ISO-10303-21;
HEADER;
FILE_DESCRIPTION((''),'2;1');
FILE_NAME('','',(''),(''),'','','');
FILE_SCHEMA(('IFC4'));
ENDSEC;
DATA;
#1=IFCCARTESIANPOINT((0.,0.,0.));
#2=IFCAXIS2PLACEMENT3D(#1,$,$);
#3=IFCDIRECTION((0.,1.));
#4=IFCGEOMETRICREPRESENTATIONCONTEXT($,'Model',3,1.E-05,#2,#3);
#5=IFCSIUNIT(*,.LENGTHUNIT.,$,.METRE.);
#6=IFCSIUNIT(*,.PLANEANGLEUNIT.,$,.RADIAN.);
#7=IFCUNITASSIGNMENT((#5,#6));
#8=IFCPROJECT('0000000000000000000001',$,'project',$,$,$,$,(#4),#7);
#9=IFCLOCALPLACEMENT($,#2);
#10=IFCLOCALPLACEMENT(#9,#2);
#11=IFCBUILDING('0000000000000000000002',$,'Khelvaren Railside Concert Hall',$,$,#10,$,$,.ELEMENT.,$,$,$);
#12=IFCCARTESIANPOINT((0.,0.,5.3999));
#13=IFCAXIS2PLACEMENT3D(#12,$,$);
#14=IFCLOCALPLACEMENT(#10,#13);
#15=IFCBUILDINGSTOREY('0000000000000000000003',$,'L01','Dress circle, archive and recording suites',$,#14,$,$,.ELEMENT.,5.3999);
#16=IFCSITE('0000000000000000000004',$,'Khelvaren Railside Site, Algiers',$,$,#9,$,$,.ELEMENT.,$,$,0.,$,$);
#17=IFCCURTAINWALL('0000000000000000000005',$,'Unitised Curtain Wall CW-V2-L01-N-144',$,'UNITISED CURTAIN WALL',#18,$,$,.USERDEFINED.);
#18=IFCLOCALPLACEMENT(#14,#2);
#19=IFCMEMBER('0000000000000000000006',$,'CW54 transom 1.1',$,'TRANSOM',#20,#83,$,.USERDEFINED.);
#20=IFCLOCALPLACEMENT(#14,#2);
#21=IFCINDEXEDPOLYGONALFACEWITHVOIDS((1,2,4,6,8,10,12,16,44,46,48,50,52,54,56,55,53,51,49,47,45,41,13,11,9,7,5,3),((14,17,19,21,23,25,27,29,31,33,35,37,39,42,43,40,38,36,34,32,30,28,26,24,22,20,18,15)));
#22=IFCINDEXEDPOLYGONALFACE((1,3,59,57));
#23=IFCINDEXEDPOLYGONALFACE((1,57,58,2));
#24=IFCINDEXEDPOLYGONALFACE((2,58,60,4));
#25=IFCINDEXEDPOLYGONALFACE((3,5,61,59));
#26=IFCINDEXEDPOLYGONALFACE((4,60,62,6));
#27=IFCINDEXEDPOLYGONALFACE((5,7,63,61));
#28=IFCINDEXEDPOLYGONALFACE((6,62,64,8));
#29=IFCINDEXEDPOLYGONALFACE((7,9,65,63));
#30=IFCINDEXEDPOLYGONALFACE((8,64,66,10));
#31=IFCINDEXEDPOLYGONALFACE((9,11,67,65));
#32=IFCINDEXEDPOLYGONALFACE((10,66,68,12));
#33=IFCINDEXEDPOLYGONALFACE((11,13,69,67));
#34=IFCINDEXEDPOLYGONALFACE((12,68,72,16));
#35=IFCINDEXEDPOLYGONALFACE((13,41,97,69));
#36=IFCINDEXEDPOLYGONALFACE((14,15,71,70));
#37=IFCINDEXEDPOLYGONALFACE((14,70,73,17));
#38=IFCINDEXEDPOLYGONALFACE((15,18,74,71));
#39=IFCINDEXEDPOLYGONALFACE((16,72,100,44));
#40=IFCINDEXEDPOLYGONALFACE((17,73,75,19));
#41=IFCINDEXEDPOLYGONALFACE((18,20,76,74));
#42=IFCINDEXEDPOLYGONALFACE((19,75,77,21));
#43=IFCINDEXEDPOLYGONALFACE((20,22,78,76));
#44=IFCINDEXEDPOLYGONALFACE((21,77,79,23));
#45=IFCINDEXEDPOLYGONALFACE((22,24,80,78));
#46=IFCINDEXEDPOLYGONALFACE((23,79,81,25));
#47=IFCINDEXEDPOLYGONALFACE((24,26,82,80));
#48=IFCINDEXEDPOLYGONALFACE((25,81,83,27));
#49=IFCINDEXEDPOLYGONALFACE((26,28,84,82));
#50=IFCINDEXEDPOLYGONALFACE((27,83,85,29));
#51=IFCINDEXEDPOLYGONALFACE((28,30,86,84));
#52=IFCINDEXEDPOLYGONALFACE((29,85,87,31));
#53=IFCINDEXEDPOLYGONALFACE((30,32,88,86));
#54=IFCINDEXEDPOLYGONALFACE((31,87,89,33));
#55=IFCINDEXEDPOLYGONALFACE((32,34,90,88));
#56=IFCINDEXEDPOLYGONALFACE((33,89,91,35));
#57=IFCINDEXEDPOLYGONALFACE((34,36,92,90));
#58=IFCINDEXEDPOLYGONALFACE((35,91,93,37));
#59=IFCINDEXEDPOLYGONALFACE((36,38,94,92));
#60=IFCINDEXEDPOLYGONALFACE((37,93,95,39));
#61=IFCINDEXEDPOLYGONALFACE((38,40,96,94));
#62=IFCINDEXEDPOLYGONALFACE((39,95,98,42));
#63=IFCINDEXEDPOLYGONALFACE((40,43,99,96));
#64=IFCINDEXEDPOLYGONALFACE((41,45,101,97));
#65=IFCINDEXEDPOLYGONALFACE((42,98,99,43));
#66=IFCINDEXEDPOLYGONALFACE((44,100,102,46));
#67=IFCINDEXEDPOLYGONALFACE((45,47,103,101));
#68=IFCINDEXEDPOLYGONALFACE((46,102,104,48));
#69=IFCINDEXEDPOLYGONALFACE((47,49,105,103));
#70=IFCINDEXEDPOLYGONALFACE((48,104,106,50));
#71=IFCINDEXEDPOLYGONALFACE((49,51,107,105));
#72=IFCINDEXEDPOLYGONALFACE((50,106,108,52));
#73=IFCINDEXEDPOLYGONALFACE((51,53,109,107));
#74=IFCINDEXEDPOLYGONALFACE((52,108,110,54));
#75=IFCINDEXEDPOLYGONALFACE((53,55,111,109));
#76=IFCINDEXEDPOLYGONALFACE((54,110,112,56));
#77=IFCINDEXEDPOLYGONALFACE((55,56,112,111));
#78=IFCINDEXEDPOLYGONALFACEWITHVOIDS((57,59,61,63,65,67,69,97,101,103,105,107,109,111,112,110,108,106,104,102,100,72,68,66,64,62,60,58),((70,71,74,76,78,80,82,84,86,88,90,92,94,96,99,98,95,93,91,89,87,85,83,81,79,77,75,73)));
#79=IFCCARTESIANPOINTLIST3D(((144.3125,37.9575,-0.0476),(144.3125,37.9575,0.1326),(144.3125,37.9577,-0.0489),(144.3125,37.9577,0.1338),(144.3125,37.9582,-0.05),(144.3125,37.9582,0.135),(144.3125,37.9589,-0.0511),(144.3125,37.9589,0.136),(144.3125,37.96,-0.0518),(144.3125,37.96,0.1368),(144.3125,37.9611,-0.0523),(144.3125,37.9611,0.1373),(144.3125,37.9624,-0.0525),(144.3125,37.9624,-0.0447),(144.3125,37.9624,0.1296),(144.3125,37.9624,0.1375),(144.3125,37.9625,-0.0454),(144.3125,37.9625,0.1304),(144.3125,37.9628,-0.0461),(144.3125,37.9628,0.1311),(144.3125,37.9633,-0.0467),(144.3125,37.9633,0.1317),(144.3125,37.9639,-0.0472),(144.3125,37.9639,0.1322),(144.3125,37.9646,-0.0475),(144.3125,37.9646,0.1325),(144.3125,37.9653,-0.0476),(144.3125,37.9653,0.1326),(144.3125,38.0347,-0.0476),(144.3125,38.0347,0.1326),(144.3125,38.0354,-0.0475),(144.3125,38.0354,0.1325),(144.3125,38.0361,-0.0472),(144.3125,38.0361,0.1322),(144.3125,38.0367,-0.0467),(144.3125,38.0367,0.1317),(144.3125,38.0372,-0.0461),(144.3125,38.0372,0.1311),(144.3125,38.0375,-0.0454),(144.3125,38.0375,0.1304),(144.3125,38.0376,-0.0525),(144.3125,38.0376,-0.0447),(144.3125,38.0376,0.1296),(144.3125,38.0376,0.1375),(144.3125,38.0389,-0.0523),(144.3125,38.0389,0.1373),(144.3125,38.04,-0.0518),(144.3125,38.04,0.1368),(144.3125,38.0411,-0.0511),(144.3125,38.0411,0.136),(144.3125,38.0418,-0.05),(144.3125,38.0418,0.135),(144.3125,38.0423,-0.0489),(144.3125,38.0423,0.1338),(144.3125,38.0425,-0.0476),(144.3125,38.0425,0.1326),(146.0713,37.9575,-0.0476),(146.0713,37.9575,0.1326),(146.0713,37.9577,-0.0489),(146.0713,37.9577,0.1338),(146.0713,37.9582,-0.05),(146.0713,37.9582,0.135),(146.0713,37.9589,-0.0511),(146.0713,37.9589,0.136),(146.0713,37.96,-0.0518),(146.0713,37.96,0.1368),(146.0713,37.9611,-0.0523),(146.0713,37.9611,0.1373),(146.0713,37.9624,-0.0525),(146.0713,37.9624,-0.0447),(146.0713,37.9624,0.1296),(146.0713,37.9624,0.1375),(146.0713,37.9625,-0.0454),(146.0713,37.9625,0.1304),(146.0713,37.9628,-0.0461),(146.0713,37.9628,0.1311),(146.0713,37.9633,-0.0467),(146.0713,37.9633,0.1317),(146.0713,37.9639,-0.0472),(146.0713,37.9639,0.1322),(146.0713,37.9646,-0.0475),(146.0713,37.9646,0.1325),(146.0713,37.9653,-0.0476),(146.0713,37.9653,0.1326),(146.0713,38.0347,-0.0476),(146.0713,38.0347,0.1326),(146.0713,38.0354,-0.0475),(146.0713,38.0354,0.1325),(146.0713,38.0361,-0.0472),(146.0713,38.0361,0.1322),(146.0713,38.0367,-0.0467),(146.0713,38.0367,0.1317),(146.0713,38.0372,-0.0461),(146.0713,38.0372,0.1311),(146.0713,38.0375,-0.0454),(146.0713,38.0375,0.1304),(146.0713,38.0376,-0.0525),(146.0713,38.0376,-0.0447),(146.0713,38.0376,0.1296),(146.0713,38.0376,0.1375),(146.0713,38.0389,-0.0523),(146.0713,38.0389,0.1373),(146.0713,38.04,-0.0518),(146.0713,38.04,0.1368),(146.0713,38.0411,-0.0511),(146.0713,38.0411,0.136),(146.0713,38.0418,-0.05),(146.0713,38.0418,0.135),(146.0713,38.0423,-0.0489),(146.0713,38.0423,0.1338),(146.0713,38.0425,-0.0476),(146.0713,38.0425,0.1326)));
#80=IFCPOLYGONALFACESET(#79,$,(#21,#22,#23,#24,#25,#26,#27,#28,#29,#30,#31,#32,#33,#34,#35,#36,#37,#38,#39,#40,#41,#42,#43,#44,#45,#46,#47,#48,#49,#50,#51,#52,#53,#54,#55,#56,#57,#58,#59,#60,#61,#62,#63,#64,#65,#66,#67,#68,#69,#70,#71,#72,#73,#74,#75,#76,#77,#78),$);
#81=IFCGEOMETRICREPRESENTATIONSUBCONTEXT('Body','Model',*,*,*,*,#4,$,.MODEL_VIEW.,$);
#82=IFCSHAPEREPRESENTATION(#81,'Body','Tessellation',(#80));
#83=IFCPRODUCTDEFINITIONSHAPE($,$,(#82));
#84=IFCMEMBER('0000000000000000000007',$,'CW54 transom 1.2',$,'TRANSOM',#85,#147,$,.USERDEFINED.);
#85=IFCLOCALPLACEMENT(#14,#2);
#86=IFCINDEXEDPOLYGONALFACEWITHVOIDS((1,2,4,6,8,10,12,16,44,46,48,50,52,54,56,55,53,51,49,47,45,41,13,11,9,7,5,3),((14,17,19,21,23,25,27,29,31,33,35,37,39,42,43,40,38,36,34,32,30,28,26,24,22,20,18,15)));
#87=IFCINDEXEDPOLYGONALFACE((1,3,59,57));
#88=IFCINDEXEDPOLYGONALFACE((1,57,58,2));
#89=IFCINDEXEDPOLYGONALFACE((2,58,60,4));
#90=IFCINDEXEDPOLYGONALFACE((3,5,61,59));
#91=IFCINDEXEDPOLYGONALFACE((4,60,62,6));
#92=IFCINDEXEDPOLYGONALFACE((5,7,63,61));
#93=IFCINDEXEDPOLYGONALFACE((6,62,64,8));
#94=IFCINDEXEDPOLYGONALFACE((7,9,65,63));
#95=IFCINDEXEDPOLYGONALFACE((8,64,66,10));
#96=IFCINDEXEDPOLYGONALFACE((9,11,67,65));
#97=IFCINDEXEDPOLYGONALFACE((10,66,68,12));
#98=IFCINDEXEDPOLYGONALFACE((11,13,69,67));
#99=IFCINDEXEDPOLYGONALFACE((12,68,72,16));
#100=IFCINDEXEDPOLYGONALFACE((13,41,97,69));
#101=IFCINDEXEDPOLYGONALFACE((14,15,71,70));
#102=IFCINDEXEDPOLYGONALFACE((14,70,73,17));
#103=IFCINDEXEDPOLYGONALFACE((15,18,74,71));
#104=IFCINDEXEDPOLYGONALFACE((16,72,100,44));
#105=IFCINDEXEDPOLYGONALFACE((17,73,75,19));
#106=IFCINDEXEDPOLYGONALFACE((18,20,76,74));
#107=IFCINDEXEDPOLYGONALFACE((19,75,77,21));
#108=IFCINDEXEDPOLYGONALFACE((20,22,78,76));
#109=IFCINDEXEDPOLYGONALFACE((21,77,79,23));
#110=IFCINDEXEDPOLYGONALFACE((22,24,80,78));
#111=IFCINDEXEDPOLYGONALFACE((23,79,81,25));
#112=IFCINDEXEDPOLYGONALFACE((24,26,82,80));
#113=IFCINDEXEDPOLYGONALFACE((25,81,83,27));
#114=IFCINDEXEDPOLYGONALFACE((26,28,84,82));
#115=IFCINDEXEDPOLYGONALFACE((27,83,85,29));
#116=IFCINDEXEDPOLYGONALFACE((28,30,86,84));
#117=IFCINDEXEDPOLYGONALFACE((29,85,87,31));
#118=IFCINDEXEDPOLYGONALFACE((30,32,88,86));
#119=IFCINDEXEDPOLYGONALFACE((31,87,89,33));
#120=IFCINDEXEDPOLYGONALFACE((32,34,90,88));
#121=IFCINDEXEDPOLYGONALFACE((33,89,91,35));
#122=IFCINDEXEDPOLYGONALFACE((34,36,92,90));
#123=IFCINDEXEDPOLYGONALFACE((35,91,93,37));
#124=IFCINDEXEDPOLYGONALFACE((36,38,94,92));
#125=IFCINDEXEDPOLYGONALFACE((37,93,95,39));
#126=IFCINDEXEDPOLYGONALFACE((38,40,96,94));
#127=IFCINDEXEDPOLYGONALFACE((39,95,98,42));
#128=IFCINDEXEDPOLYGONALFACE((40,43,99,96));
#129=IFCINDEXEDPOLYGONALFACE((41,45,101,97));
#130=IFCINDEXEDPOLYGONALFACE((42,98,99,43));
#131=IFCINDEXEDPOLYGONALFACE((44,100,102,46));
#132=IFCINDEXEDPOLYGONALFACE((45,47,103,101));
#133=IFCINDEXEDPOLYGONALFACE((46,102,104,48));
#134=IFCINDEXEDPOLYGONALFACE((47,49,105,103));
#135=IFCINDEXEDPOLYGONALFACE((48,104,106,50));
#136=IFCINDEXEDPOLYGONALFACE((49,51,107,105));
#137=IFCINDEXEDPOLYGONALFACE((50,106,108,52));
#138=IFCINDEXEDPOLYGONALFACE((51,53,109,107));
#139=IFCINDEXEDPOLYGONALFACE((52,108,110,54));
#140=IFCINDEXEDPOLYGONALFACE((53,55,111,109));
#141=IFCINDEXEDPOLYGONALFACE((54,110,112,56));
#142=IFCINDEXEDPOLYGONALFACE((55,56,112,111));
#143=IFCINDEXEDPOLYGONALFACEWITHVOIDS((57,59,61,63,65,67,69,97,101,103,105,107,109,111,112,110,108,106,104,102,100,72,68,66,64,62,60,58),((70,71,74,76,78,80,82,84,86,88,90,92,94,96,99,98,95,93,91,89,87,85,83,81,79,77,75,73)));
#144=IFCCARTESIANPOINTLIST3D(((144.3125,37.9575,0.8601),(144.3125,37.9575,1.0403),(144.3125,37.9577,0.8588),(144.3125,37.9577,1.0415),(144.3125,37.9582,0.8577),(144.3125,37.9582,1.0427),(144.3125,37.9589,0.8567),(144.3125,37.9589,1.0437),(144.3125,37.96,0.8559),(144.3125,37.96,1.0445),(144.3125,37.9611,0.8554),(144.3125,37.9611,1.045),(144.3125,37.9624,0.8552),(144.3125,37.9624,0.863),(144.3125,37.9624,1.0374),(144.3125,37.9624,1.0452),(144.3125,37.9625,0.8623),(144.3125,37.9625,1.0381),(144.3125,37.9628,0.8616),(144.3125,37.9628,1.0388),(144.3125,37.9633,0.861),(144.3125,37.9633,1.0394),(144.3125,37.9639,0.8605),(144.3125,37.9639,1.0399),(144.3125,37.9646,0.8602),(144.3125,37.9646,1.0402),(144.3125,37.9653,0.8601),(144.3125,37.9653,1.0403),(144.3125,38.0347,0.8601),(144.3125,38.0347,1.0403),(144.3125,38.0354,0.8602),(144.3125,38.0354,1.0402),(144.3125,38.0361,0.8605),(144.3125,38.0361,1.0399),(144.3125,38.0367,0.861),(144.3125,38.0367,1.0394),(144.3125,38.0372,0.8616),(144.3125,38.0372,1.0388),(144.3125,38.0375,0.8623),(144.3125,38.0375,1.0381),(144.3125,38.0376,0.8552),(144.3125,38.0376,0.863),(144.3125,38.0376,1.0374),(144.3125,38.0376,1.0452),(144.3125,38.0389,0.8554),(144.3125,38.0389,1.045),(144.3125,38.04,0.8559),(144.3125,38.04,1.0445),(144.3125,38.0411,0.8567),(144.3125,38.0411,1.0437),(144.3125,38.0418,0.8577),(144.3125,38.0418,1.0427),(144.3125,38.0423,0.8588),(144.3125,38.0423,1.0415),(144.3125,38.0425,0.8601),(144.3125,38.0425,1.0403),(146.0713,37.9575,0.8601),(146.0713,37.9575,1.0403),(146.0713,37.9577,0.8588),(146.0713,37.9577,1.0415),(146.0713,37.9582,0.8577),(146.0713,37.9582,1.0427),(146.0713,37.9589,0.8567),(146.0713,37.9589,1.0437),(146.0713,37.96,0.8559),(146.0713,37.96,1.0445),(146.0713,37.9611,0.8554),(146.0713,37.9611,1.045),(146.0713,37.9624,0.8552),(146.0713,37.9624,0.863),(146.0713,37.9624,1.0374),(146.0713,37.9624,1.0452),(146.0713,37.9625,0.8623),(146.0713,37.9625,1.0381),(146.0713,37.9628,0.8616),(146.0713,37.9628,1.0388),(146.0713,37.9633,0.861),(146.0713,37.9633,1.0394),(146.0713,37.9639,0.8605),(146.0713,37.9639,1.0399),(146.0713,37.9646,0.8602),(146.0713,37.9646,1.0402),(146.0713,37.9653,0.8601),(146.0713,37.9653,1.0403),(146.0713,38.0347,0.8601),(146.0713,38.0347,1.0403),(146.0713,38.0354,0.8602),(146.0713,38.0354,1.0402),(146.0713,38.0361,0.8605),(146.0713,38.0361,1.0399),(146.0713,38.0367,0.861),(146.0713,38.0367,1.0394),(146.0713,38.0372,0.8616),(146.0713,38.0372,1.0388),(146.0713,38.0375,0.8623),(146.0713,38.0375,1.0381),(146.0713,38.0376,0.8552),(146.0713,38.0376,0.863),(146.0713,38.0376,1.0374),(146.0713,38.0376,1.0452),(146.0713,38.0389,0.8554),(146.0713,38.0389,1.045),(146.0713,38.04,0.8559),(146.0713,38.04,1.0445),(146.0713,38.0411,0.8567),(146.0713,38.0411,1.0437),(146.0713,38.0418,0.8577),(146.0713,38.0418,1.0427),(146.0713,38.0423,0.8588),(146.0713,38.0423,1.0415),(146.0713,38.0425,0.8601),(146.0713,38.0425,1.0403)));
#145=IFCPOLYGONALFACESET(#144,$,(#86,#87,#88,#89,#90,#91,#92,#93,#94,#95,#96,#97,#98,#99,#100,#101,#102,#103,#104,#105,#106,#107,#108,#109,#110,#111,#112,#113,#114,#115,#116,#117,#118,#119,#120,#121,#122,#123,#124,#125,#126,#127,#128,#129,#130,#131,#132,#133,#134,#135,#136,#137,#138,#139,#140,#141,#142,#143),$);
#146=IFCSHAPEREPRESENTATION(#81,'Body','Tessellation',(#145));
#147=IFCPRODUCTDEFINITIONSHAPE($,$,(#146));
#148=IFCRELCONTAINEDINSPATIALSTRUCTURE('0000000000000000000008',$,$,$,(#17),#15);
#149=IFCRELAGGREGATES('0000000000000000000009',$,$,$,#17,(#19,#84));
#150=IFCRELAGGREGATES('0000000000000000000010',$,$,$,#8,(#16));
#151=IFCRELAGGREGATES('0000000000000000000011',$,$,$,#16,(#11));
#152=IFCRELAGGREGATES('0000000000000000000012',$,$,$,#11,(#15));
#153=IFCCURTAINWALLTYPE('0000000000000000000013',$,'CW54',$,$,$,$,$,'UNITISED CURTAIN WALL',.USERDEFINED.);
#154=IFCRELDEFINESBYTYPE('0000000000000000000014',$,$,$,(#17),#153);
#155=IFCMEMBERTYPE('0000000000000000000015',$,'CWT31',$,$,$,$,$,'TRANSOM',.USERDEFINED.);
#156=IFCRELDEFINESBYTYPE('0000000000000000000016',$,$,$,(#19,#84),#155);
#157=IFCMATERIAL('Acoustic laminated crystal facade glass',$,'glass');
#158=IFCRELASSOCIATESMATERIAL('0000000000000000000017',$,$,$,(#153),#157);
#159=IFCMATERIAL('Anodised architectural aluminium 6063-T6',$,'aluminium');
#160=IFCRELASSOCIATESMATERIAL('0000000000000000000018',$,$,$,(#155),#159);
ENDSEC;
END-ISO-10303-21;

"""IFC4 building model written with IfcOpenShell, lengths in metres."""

from ifc_helpers import new_model, si_unit, direction, frame, origin, origin_2d, place, context, subcontext, project, spatial, hollow_rectangle, extrude, material, material_profile, profile_set, type_object, element, aggregate, save


model = new_model("IFC4")

# Units and contexts
model_context = context("Model", 3, precision=1e-05, world=origin(), true_north=direction((0.0, 1.0)))
body_context = subcontext(model_context, "Body", "Model", "MODEL_VIEW")
ifc_project = project(units=[si_unit("LENGTHUNIT", "METRE"), si_unit("PLANEANGLEUNIT", "RADIAN")], contexts=[model_context])

# Site, building, storey
site_placement = place(None, origin())
site = spatial("IfcSite", under=ifc_project, at=site_placement, Name="Khelvaren Railside Site, Algiers", CompositionType="ELEMENT", RefElevation=0.0)
building_placement = place(site_placement, origin())
building = spatial("IfcBuilding", under=site, at=building_placement, Name="Khelvaren Railside Concert Hall", CompositionType="ELEMENT")
storey_placement = place(building_placement, frame((0.0, 0.0, 5.3999)))
storey = spatial("IfcBuildingStorey", under=building, at=storey_placement, Name="L01", Description="Dress circle, archive and recording suites", CompositionType="ELEMENT", Elevation=5.3999)

# Curtain wall
ifc_material_1 = material(Name="Acoustic laminated crystal facade glass", Category="glass")
curtain_wall_type_1 = type_object("IfcCurtainWallType", Name="CW54", ElementType="UNITISED CURTAIN WALL", PredefinedType="USERDEFINED", material=ifc_material_1)
curtain_wall_1_placement = place(storey_placement, origin())
curtain_wall_1 = element("IfcCurtainWall", 1, at=curtain_wall_1_placement, inside=storey, type_object=curtain_wall_type_1, Name="Unitised Curtain Wall CW-V2-L01-N-144", ObjectType="UNITISED CURTAIN WALL", PredefinedType="USERDEFINED")
ifc_material_2 = material(Name="Anodised architectural aluminium 6063-T6", Category="aluminium")

# Members
ifc_material_profile_1 = material_profile(ifc_material_2, hollow_rectangle(XDim=0.085, YDim=0.1899, WallThickness=0.0049, InnerFilletRadius=0.0029, OuterFilletRadius=0.0049, at=origin_2d()), Name="CWT 85x190x5")
ifc_profile_set_1 = profile_set([ifc_material_profile_1], Name="Anodised architectural aluminium 6063-T6")
member_type_1 = type_object("IfcMemberType", Name="CWT31", ElementType="TRANSOM", PredefinedType="USERDEFINED", material=ifc_profile_set_1)
member_1_placement = place(storey_placement, frame((144.3125, 38.0, 0.0425), z_axis=(1.0, 0.0, 0.0), x_axis=(0.0, 1.0, 0.0)))
member_1 = element("IfcMember", 2, at=member_1_placement, type_object=member_type_1, Name="CW54 transom 1.1", ObjectType="TRANSOM", PredefinedType="USERDEFINED", context=body_context, shape_type="SweptSolid", body=[
    extrude(hollow_rectangle(XDim=0.085, YDim=0.1899, WallThickness=0.0049, InnerFilletRadius=0.0029, OuterFilletRadius=0.0049, at=origin_2d()), origin(), (0.0, 0.0, 1.0), 1.7588),
])
member_2_placement = place(storey_placement, frame((144.3125, 38.0, 0.9502), z_axis=(1.0, 0.0, 0.0), x_axis=(0.0, 1.0, 0.0)))
member_2 = element("IfcMember", 3, at=member_2_placement, type_object=member_type_1, Name="CW54 transom 1.2", ObjectType="TRANSOM", PredefinedType="USERDEFINED", context=body_context, shape_type="SweptSolid", body=[
    extrude(hollow_rectangle(XDim=0.085, YDim=0.1899, WallThickness=0.0049, InnerFilletRadius=0.0029, OuterFilletRadius=0.0049, at=origin_2d()), origin(), (0.0, 0.0, 1.0), 1.7588),
])

aggregate(curtain_wall_1, [member_1, member_2])

save(model, "model.ifc")
